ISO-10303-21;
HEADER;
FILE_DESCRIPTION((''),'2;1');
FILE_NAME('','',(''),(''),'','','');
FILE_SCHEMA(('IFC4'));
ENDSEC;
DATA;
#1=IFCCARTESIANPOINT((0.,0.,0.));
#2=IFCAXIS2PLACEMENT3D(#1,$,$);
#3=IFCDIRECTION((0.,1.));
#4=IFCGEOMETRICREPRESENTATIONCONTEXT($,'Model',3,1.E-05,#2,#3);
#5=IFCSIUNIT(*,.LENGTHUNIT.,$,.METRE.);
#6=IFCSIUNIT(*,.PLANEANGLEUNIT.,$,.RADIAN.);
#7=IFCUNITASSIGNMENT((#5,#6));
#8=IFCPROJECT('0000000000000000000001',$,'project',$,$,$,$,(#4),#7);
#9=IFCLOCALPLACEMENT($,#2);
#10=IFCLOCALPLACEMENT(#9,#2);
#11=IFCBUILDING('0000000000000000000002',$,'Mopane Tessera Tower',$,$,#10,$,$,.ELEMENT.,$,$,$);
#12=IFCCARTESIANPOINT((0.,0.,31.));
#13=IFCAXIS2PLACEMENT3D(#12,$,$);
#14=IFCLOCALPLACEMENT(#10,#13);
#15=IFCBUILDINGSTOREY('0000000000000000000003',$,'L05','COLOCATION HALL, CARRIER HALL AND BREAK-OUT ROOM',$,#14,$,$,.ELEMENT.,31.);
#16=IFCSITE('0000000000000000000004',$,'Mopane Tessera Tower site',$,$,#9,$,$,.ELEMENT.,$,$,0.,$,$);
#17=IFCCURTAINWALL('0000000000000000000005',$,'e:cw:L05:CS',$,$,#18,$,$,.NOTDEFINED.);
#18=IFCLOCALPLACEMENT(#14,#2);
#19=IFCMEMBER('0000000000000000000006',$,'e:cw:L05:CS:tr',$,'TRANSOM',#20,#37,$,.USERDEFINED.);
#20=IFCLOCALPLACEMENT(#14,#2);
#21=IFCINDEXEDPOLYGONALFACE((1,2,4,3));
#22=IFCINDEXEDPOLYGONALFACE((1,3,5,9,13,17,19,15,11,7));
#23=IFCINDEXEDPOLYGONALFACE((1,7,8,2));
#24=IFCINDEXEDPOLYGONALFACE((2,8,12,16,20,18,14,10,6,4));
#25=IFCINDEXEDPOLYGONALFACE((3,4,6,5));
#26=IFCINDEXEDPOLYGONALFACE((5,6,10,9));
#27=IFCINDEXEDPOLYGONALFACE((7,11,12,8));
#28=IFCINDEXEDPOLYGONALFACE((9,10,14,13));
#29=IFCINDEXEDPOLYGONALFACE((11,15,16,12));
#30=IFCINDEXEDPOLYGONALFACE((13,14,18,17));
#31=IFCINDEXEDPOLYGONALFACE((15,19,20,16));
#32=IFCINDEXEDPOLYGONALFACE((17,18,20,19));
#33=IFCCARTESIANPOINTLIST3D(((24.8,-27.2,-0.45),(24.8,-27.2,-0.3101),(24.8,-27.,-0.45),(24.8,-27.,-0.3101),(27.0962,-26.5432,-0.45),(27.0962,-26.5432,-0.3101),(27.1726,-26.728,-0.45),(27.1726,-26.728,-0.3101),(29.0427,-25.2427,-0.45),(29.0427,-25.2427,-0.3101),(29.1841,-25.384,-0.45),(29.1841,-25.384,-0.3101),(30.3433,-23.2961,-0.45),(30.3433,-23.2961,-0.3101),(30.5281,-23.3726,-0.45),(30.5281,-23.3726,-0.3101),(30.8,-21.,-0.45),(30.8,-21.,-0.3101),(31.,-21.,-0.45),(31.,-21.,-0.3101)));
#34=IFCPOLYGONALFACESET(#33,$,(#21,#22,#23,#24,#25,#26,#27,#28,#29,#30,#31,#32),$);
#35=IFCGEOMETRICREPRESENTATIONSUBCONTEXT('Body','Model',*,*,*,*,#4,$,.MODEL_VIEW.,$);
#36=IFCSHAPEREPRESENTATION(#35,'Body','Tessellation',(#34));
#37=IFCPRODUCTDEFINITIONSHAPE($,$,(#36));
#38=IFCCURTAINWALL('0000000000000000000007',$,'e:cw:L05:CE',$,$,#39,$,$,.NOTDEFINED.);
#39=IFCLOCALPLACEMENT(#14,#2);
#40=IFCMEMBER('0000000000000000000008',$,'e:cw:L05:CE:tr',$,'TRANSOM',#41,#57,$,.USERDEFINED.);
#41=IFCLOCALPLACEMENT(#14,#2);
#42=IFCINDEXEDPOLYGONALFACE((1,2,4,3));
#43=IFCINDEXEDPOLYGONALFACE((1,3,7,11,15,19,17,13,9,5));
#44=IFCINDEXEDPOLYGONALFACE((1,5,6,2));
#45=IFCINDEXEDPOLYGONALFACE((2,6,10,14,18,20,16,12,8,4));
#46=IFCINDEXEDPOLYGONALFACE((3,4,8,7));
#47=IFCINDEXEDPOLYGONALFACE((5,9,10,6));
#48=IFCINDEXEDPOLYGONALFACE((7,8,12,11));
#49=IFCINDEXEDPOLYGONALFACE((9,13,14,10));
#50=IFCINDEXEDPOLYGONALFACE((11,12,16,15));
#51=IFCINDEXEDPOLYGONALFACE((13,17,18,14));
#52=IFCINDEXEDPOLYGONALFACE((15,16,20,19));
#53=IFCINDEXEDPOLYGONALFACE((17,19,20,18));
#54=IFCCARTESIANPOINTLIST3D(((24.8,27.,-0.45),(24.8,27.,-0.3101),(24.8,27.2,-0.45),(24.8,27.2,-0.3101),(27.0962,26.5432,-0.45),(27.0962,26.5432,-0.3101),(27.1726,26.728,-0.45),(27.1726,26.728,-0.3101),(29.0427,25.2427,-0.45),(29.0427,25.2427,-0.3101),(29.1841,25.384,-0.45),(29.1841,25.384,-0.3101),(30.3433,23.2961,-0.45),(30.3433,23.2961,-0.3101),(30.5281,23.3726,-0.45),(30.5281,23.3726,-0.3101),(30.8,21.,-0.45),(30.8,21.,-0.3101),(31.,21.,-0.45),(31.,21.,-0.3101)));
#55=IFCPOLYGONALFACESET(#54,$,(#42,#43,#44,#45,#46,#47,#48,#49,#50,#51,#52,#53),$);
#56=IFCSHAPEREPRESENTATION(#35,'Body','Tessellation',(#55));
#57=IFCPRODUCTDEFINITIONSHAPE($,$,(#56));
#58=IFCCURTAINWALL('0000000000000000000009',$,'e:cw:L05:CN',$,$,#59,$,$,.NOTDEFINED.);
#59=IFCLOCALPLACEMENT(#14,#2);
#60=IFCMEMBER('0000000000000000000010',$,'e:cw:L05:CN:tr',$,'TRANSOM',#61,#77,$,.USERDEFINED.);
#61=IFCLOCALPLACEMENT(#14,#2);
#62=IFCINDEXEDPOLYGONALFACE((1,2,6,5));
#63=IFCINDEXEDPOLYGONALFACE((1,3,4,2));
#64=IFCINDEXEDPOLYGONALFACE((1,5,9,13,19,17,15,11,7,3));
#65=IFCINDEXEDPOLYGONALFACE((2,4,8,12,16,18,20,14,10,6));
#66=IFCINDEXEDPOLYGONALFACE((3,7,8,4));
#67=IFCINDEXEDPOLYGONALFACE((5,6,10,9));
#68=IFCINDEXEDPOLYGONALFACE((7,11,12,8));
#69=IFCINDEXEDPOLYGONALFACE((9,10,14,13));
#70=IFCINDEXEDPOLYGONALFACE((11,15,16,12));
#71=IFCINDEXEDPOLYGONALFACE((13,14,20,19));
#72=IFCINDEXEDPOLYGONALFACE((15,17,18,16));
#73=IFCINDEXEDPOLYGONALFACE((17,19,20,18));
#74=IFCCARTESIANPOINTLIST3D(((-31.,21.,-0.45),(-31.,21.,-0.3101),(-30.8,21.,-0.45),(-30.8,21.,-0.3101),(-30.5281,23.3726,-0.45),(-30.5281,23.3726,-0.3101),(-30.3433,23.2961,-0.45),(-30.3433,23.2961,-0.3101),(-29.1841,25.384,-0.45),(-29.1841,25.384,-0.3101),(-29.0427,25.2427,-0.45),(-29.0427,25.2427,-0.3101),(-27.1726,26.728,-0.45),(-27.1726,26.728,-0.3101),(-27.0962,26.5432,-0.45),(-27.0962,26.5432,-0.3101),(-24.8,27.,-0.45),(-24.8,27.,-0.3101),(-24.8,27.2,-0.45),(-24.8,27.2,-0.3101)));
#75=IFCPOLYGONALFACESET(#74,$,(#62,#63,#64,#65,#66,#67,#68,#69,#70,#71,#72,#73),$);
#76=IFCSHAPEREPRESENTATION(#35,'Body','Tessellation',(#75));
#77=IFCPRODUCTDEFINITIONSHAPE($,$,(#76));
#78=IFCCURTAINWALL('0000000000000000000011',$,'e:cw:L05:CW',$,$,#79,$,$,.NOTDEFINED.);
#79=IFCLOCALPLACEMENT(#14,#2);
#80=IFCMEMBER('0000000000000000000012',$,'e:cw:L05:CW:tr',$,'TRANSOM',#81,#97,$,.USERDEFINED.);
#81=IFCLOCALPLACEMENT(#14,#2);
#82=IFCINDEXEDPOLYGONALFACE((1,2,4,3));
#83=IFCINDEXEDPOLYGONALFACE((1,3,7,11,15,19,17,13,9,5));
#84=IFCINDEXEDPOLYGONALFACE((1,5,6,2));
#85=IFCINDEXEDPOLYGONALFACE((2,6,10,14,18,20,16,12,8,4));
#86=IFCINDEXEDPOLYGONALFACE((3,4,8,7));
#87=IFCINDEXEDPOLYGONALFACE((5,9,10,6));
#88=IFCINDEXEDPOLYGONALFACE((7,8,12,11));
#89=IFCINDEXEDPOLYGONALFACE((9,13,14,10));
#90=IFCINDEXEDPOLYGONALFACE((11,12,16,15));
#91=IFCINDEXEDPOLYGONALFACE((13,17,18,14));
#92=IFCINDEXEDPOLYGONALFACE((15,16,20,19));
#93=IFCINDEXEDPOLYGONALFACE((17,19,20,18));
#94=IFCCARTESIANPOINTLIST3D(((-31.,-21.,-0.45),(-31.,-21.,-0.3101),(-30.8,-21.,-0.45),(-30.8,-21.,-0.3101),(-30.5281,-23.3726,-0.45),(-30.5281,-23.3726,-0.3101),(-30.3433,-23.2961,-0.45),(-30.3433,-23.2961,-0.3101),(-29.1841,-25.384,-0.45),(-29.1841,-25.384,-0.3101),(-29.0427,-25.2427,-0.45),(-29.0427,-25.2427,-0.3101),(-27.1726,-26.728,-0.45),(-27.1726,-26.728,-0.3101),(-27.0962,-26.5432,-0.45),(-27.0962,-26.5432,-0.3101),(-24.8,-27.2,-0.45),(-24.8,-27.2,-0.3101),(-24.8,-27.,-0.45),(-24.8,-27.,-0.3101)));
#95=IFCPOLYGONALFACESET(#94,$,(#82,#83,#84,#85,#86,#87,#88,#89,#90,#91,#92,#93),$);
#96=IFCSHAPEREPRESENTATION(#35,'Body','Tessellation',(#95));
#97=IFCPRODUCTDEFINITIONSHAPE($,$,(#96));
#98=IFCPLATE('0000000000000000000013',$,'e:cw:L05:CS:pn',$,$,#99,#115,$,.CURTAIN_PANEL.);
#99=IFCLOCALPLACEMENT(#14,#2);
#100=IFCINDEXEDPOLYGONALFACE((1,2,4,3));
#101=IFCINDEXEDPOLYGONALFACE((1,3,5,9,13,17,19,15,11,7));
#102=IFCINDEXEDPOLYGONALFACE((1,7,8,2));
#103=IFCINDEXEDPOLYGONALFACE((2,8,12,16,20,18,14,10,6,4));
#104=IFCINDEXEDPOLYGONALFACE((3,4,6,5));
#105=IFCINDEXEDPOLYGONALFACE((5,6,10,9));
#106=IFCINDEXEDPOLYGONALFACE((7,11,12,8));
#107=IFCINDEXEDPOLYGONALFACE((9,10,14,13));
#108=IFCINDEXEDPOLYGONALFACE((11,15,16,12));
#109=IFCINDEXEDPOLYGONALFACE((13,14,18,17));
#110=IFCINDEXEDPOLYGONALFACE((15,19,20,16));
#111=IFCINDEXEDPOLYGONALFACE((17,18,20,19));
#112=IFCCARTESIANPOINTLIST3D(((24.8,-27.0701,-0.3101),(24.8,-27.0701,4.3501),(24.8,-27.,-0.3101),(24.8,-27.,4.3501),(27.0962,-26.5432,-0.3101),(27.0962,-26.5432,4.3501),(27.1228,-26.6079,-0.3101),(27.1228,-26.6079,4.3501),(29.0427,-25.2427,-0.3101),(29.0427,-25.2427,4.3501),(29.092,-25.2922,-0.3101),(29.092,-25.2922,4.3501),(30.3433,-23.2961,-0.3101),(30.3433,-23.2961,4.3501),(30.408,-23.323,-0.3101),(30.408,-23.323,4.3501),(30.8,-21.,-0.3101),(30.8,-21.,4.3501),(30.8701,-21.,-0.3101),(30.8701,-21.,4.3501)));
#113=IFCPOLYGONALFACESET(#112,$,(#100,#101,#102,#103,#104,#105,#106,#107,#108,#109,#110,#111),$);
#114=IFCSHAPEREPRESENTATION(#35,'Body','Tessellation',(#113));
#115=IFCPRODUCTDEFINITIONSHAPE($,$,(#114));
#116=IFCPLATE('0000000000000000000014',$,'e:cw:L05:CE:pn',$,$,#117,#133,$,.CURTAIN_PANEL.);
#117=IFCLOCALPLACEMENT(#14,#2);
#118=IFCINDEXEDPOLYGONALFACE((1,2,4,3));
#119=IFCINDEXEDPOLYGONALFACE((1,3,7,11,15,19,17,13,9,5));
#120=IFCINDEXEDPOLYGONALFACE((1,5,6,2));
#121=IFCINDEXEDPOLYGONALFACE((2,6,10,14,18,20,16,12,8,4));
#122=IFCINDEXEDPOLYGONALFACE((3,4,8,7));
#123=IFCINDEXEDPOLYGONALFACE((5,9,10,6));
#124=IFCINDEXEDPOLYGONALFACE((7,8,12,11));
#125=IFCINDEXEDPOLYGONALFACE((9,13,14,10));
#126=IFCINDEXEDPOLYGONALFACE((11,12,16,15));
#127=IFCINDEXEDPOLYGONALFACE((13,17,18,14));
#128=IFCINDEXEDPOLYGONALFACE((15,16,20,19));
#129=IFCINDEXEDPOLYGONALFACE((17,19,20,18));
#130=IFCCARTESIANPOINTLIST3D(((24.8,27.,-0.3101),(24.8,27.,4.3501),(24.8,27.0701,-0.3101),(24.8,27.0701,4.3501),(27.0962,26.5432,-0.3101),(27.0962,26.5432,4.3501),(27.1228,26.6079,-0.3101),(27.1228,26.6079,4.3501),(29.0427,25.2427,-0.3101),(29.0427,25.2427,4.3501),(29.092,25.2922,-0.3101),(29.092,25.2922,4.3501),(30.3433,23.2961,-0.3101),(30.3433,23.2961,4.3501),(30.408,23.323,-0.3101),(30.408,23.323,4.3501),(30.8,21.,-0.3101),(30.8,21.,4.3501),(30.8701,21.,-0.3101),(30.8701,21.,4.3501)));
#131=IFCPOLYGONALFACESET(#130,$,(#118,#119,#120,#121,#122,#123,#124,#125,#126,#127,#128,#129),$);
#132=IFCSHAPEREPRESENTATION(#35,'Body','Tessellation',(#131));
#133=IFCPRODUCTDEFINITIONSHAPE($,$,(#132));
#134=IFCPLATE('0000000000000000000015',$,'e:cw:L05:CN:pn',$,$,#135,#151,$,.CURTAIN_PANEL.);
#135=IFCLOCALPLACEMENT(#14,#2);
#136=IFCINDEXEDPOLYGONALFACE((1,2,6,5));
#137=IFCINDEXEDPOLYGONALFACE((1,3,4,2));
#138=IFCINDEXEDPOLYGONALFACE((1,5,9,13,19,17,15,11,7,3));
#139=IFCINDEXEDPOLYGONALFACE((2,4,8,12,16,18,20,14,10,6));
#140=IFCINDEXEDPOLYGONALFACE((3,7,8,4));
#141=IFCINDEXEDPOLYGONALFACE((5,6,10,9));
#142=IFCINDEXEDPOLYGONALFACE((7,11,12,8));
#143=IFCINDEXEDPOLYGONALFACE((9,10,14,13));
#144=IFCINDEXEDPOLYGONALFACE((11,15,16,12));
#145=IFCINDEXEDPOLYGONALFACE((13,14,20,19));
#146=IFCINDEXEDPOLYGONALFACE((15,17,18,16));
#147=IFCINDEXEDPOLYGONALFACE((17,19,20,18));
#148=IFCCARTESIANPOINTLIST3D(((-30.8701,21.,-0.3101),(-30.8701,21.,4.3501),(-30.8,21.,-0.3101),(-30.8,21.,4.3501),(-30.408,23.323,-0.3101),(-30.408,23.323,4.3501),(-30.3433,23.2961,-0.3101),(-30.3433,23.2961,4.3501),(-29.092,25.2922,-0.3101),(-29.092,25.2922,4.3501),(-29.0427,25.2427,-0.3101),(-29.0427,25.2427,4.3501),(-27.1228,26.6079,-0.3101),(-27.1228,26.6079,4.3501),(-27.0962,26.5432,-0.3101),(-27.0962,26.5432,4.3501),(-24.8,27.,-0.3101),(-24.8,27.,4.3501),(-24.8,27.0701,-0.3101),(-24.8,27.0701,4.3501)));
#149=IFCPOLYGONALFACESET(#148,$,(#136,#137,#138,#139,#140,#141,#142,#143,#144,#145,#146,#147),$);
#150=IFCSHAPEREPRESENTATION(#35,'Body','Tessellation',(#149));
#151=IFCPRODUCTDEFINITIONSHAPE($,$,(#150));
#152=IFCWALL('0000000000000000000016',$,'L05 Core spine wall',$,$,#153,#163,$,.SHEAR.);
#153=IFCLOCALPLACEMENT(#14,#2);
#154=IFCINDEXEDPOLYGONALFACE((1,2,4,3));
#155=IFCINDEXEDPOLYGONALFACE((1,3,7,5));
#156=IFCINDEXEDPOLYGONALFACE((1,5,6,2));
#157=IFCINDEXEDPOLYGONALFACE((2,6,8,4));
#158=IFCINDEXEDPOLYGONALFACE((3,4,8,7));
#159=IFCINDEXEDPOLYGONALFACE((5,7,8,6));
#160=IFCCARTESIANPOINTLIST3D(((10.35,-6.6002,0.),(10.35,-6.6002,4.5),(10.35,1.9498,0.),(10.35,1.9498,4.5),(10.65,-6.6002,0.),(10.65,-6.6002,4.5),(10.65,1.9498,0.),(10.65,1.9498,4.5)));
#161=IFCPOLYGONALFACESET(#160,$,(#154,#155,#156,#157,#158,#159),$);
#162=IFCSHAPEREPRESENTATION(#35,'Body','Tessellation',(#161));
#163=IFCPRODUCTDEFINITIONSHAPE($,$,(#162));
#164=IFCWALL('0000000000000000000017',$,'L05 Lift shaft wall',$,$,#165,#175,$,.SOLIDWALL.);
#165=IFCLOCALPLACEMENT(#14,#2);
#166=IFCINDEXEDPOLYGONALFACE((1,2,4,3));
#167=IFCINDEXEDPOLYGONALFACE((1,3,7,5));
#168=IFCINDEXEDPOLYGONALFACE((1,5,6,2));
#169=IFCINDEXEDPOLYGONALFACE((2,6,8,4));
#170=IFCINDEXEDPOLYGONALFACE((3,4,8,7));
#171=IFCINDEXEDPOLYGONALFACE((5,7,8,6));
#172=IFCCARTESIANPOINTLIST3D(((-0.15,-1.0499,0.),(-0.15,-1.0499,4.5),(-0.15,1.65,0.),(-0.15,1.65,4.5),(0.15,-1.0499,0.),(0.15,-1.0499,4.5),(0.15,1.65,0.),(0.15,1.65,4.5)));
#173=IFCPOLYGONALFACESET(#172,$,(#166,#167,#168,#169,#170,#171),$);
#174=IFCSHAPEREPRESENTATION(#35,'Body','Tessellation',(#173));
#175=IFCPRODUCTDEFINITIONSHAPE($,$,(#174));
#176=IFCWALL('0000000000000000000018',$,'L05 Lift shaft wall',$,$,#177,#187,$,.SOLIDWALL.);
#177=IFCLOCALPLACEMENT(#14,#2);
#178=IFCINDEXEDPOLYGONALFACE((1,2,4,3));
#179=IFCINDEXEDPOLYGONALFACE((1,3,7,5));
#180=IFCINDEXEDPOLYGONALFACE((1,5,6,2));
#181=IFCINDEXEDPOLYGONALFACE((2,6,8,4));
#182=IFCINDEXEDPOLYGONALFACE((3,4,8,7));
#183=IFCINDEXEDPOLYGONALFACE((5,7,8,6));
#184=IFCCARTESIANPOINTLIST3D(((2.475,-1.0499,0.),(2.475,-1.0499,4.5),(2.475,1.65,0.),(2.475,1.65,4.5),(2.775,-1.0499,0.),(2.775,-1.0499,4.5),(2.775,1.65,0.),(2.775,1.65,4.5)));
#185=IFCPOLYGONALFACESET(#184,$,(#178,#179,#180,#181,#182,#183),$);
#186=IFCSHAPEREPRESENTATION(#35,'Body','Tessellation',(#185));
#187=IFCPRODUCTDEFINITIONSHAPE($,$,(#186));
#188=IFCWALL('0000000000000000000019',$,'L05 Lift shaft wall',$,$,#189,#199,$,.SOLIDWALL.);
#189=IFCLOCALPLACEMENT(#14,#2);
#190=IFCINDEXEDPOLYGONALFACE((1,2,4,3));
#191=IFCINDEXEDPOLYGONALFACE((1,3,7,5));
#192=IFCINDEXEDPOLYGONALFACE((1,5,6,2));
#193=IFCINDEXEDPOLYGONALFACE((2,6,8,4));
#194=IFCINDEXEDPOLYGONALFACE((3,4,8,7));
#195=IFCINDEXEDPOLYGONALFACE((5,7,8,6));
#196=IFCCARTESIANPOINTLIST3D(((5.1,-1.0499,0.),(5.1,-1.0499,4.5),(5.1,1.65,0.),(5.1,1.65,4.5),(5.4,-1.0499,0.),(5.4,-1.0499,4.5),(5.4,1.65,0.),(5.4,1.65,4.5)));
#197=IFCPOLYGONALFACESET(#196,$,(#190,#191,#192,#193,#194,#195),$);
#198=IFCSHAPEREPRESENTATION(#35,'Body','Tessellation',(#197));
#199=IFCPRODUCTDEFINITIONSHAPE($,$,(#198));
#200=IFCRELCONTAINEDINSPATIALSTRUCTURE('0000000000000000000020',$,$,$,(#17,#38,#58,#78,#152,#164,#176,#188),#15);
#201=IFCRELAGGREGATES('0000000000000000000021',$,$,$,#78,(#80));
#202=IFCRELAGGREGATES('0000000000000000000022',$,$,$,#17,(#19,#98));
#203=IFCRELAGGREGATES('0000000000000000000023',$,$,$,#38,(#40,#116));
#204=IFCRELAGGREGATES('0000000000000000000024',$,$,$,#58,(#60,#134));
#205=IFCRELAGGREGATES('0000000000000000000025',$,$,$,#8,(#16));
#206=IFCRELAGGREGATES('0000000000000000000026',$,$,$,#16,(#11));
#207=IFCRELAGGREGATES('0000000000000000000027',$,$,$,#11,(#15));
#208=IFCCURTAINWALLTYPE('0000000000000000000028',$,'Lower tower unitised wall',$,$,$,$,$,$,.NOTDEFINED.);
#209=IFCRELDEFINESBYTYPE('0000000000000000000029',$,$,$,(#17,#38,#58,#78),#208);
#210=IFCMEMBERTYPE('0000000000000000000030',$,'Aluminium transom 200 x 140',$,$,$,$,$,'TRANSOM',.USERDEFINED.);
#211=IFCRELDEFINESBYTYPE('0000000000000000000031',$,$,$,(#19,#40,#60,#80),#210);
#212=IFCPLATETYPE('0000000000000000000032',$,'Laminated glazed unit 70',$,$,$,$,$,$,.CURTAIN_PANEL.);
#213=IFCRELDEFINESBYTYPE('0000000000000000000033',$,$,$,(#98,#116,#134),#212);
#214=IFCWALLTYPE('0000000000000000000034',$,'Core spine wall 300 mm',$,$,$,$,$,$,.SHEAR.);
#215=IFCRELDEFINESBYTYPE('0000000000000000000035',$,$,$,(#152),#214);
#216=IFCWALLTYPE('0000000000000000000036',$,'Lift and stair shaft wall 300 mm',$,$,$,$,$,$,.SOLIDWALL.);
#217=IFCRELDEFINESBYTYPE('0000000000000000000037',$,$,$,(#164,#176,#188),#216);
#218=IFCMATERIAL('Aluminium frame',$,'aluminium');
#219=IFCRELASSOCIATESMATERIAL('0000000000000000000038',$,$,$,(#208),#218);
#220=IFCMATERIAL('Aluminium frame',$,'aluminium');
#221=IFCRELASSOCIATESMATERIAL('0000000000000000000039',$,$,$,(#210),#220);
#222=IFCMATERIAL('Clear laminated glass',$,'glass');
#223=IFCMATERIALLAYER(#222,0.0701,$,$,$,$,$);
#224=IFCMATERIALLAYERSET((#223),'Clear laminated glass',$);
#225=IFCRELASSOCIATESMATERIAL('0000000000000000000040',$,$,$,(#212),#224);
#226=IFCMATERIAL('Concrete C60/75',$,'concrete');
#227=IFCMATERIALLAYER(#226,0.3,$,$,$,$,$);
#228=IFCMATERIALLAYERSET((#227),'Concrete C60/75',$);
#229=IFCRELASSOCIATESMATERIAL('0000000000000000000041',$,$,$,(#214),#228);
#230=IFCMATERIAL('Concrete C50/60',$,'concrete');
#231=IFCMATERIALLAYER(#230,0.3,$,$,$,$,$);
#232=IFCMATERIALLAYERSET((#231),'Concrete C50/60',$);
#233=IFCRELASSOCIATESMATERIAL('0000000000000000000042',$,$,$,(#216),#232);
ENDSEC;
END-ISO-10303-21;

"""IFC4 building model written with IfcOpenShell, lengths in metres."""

from ifc_helpers import new_model, si_unit, direction, frame, frame_2d, origin, origin_2d, place, context, subcontext, project, spatial, polyline, rectangle, outline, extrude, material, layer, layer_set, material_profile, profile_set, type_object, element, aggregate, save


model = new_model("IFC4")

# Units and contexts
model_context = context("Model", 3, precision=1e-05, world=origin(), true_north=direction((0.0, 1.0)))
body_context = subcontext(model_context, "Body", "Model", "MODEL_VIEW")
ifc_project = project(units=[si_unit("LENGTHUNIT", "METRE"), si_unit("PLANEANGLEUNIT", "RADIAN")], contexts=[model_context])

# Site, building, storey
site_placement = place(None, origin())
site = spatial("IfcSite", under=ifc_project, at=site_placement, Name="Mopane Tessera Tower site", CompositionType="ELEMENT", RefElevation=0.0)
building_placement = place(site_placement, origin())
building = spatial("IfcBuilding", under=site, at=building_placement, Name="Mopane Tessera Tower", CompositionType="ELEMENT")
storey_placement = place(building_placement, frame((0.0, 0.0, 31.0)))
storey = spatial("IfcBuildingStorey", under=building, at=storey_placement, Name="L05", Description="COLOCATION HALL, CARRIER HALL AND BREAK-OUT ROOM", CompositionType="ELEMENT", Elevation=31.0)

# Curtain walls, members
ifc_material_1 = material(Name="Aluminium frame", Category="aluminium")
curtain_wall_type = type_object("IfcCurtainWallType", Name="Lower tower unitised wall", PredefinedType="NOTDEFINED", material=ifc_material_1)
curtain_wall_1_placement = place(storey_placement, origin())
curtain_wall_1 = element("IfcCurtainWall", 1, at=curtain_wall_1_placement, inside=storey, type_object=curtain_wall_type, Name="e:cw:L05:CS", PredefinedType="NOTDEFINED")
ifc_material_2 = material(Name="Aluminium frame", Category="aluminium")
ifc_material_profile = material_profile(ifc_material_2, rectangle(XDim=0.2, YDim=0.1399, at=origin_2d()))
ifc_profile_set = profile_set([ifc_material_profile], Name="Aluminium frame")
member_type = type_object("IfcMemberType", Name="Aluminium transom 200 x 140", ElementType="TRANSOM", PredefinedType="USERDEFINED", material=ifc_profile_set)
member_1_placement = place(storey_placement, frame((0.0, 0.0, -0.45)))
member_1 = element("IfcMember", 2, at=member_1_placement, type_object=member_type, Name="e:cw:L05:CS:tr", ObjectType="TRANSOM", PredefinedType="USERDEFINED", context=body_context, shape_type="SweptSolid", body=[
    extrude(outline(polyline([(24.8, -27.0), (27.0962, -26.5432), (29.0427, -25.2427), (30.3433, -23.2961), (30.8, -21.0), (31.0, -21.0), (30.5281, -23.3726), (29.1841, -25.384), (27.1726, -26.728), (24.8, -27.2), (24.8, -27.0)])), origin(), (0.0, 0.0, 1.0), 0.1399),
])
curtain_wall_2_placement = place(storey_placement, origin())
curtain_wall_2 = element("IfcCurtainWall", 3, at=curtain_wall_2_placement, inside=storey, type_object=curtain_wall_type, Name="e:cw:L05:CE", PredefinedType="NOTDEFINED")
member_2_placement = place(storey_placement, frame((0.0, 0.0, -0.45)))
member_2 = element("IfcMember", 4, at=member_2_placement, type_object=member_type, Name="e:cw:L05:CE:tr", ObjectType="TRANSOM", PredefinedType="USERDEFINED", context=body_context, shape_type="SweptSolid", body=[
    extrude(outline(polyline([(30.8, 21.0), (30.3433, 23.2961), (29.0427, 25.2427), (27.0962, 26.5432), (24.8, 27.0), (24.8, 27.2), (27.1726, 26.728), (29.1841, 25.384), (30.5281, 23.3726), (31.0, 21.0), (30.8, 21.0)])), origin(), (0.0, 0.0, 1.0), 0.1399),
])
curtain_wall_3_placement = place(storey_placement, origin())
curtain_wall_3 = element("IfcCurtainWall", 5, at=curtain_wall_3_placement, inside=storey, type_object=curtain_wall_type, Name="e:cw:L05:CN", PredefinedType="NOTDEFINED")
member_3_placement = place(storey_placement, frame((0.0, 0.0, -0.45)))
member_3 = element("IfcMember", 6, at=member_3_placement, type_object=member_type, Name="e:cw:L05:CN:tr", ObjectType="TRANSOM", PredefinedType="USERDEFINED", context=body_context, shape_type="SweptSolid", body=[
    extrude(outline(polyline([(-24.8, 27.0), (-27.0962, 26.5432), (-29.0427, 25.2427), (-30.3433, 23.2961), (-30.8, 21.0), (-31.0, 21.0), (-30.5281, 23.3726), (-29.1841, 25.384), (-27.1726, 26.728), (-24.8, 27.2), (-24.8, 27.0)])), origin(), (0.0, 0.0, 1.0), 0.1399),
])
curtain_wall_4_placement = place(storey_placement, origin())
curtain_wall_4 = element("IfcCurtainWall", 7, at=curtain_wall_4_placement, inside=storey, type_object=curtain_wall_type, Name="e:cw:L05:CW", PredefinedType="NOTDEFINED")
member_4_placement = place(storey_placement, frame((0.0, 0.0, -0.45)))
member_4 = element("IfcMember", 8, at=member_4_placement, type_object=member_type, Name="e:cw:L05:CW:tr", ObjectType="TRANSOM", PredefinedType="USERDEFINED", context=body_context, shape_type="SweptSolid", body=[
    extrude(outline(polyline([(-30.8, -21.0), (-30.3433, -23.2961), (-29.0427, -25.2427), (-27.0962, -26.5432), (-24.8, -27.0), (-24.8, -27.2), (-27.1726, -26.728), (-29.1841, -25.384), (-30.5281, -23.3726), (-31.0, -21.0), (-30.8, -21.0)])), origin(), (0.0, 0.0, 1.0), 0.1399),
])
aggregate(curtain_wall_4, [member_4])

# Plates
ifc_material_3 = material(Name="Clear laminated glass", Category="glass")
ifc_layer_1 = layer(ifc_material_3, 0.0701)
ifc_layer_set_1 = layer_set([ifc_layer_1], Name="Clear laminated glass")
plate_type = type_object("IfcPlateType", Name="Laminated glazed unit 70", PredefinedType="CURTAIN_PANEL", material=ifc_layer_set_1)
plate_1_placement = place(storey_placement, frame((0.0, 0.0, -0.3101)))
plate_1 = element("IfcPlate", 9, at=plate_1_placement, type_object=plate_type, Name="e:cw:L05:CS:pn", PredefinedType="CURTAIN_PANEL", context=body_context, shape_type="SweptSolid", body=[
    extrude(outline(polyline([(24.8, -27.0), (27.0962, -26.5432), (29.0427, -25.2427), (30.3433, -23.2961), (30.8, -21.0), (30.8701, -21.0), (30.408, -23.323), (29.092, -25.2922), (27.1228, -26.6079), (24.8, -27.0701), (24.8, -27.0)])), origin(), (0.0, 0.0, 1.0), 4.6602),
])
aggregate(curtain_wall_1, [member_1, plate_1])
plate_2_placement = place(storey_placement, frame((0.0, 0.0, -0.3101)))
plate_2 = element("IfcPlate", 10, at=plate_2_placement, type_object=plate_type, Name="e:cw:L05:CE:pn", PredefinedType="CURTAIN_PANEL", context=body_context, shape_type="SweptSolid", body=[
    extrude(outline(polyline([(30.8, 21.0), (30.3433, 23.2961), (29.0427, 25.2427), (27.0962, 26.5432), (24.8, 27.0), (24.8, 27.0701), (27.1228, 26.6079), (29.092, 25.2922), (30.408, 23.323), (30.8701, 21.0), (30.8, 21.0)])), origin(), (0.0, 0.0, 1.0), 4.6602),
])
aggregate(curtain_wall_2, [member_2, plate_2])
plate_3_placement = place(storey_placement, frame((0.0, 0.0, -0.3101)))
plate_3 = element("IfcPlate", 11, at=plate_3_placement, type_object=plate_type, Name="e:cw:L05:CN:pn", PredefinedType="CURTAIN_PANEL", context=body_context, shape_type="SweptSolid", body=[
    extrude(outline(polyline([(-24.8, 27.0), (-27.0962, 26.5432), (-29.0427, 25.2427), (-30.3433, 23.2961), (-30.8, 21.0), (-30.8701, 21.0), (-30.408, 23.323), (-29.092, 25.2922), (-27.1228, 26.6079), (-24.8, 27.0701), (-24.8, 27.0)])), origin(), (0.0, 0.0, 1.0), 4.6602),
])
aggregate(curtain_wall_3, [member_3, plate_3])

# Walls
ifc_material_4 = material(Name="Concrete C60/75", Category="concrete")
ifc_layer_2 = layer(ifc_material_4, 0.3)
ifc_layer_set_2 = layer_set([ifc_layer_2], Name="Concrete C60/75")
wall_type_1 = type_object("IfcWallType", Name="Core spine wall 300 mm", PredefinedType="SHEAR", material=ifc_layer_set_2)
wall_1_placement = place(storey_placement, frame((10.5, -6.6001, 0.0), z_axis=(0.0, 0.0, 1.0), x_axis=(0.0, 1.0, 0.0)))
element("IfcWall", 12, at=wall_1_placement, inside=storey, type_object=wall_type_1, Name="L05 Core spine wall", PredefinedType="SHEAR", context=body_context, shape_type="SweptSolid", body=[
    extrude(rectangle(XDim=8.55, YDim=0.3, at=frame_2d((4.2749, 0.0))), origin(), (0.0, 0.0, 1.0), 4.5),
])
ifc_material_5 = material(Name="Concrete C50/60", Category="concrete")
ifc_layer_3 = layer(ifc_material_5, 0.3)
ifc_layer_set_3 = layer_set([ifc_layer_3], Name="Concrete C50/60")
wall_type_2 = type_object("IfcWallType", Name="Lift and stair shaft wall 300 mm", PredefinedType="SOLIDWALL", material=ifc_layer_set_3)
for number, where, z_axis, x_axis, name in (
    (13, (0.0, -1.05, 0.0), (0.0, 0.0, 1.0), (0.0, 1.0, 0.0), "L05 Lift shaft wall"),
    (14, (2.625, -1.05, 0.0), (0.0, 0.0, 1.0), (0.0, 1.0, 0.0), "L05 Lift shaft wall"),
    (15, (5.25, -1.05, 0.0), (0.0, 0.0, 1.0), (0.0, 1.0, 0.0), "L05 Lift shaft wall"),
):
    element("IfcWall", number, at=place(storey_placement, frame(where, z_axis=z_axis, x_axis=x_axis)), inside=storey, type_object=wall_type_2, Name=name, PredefinedType="SOLIDWALL", context=body_context, shape_type="SweptSolid", body=[
        extrude(rectangle(XDim=2.7, YDim=0.3, at=frame_2d((1.3501, 0.0))), origin(), (0.0, 0.0, 1.0), 4.5),
    ])

save(model, "model.ifc")
